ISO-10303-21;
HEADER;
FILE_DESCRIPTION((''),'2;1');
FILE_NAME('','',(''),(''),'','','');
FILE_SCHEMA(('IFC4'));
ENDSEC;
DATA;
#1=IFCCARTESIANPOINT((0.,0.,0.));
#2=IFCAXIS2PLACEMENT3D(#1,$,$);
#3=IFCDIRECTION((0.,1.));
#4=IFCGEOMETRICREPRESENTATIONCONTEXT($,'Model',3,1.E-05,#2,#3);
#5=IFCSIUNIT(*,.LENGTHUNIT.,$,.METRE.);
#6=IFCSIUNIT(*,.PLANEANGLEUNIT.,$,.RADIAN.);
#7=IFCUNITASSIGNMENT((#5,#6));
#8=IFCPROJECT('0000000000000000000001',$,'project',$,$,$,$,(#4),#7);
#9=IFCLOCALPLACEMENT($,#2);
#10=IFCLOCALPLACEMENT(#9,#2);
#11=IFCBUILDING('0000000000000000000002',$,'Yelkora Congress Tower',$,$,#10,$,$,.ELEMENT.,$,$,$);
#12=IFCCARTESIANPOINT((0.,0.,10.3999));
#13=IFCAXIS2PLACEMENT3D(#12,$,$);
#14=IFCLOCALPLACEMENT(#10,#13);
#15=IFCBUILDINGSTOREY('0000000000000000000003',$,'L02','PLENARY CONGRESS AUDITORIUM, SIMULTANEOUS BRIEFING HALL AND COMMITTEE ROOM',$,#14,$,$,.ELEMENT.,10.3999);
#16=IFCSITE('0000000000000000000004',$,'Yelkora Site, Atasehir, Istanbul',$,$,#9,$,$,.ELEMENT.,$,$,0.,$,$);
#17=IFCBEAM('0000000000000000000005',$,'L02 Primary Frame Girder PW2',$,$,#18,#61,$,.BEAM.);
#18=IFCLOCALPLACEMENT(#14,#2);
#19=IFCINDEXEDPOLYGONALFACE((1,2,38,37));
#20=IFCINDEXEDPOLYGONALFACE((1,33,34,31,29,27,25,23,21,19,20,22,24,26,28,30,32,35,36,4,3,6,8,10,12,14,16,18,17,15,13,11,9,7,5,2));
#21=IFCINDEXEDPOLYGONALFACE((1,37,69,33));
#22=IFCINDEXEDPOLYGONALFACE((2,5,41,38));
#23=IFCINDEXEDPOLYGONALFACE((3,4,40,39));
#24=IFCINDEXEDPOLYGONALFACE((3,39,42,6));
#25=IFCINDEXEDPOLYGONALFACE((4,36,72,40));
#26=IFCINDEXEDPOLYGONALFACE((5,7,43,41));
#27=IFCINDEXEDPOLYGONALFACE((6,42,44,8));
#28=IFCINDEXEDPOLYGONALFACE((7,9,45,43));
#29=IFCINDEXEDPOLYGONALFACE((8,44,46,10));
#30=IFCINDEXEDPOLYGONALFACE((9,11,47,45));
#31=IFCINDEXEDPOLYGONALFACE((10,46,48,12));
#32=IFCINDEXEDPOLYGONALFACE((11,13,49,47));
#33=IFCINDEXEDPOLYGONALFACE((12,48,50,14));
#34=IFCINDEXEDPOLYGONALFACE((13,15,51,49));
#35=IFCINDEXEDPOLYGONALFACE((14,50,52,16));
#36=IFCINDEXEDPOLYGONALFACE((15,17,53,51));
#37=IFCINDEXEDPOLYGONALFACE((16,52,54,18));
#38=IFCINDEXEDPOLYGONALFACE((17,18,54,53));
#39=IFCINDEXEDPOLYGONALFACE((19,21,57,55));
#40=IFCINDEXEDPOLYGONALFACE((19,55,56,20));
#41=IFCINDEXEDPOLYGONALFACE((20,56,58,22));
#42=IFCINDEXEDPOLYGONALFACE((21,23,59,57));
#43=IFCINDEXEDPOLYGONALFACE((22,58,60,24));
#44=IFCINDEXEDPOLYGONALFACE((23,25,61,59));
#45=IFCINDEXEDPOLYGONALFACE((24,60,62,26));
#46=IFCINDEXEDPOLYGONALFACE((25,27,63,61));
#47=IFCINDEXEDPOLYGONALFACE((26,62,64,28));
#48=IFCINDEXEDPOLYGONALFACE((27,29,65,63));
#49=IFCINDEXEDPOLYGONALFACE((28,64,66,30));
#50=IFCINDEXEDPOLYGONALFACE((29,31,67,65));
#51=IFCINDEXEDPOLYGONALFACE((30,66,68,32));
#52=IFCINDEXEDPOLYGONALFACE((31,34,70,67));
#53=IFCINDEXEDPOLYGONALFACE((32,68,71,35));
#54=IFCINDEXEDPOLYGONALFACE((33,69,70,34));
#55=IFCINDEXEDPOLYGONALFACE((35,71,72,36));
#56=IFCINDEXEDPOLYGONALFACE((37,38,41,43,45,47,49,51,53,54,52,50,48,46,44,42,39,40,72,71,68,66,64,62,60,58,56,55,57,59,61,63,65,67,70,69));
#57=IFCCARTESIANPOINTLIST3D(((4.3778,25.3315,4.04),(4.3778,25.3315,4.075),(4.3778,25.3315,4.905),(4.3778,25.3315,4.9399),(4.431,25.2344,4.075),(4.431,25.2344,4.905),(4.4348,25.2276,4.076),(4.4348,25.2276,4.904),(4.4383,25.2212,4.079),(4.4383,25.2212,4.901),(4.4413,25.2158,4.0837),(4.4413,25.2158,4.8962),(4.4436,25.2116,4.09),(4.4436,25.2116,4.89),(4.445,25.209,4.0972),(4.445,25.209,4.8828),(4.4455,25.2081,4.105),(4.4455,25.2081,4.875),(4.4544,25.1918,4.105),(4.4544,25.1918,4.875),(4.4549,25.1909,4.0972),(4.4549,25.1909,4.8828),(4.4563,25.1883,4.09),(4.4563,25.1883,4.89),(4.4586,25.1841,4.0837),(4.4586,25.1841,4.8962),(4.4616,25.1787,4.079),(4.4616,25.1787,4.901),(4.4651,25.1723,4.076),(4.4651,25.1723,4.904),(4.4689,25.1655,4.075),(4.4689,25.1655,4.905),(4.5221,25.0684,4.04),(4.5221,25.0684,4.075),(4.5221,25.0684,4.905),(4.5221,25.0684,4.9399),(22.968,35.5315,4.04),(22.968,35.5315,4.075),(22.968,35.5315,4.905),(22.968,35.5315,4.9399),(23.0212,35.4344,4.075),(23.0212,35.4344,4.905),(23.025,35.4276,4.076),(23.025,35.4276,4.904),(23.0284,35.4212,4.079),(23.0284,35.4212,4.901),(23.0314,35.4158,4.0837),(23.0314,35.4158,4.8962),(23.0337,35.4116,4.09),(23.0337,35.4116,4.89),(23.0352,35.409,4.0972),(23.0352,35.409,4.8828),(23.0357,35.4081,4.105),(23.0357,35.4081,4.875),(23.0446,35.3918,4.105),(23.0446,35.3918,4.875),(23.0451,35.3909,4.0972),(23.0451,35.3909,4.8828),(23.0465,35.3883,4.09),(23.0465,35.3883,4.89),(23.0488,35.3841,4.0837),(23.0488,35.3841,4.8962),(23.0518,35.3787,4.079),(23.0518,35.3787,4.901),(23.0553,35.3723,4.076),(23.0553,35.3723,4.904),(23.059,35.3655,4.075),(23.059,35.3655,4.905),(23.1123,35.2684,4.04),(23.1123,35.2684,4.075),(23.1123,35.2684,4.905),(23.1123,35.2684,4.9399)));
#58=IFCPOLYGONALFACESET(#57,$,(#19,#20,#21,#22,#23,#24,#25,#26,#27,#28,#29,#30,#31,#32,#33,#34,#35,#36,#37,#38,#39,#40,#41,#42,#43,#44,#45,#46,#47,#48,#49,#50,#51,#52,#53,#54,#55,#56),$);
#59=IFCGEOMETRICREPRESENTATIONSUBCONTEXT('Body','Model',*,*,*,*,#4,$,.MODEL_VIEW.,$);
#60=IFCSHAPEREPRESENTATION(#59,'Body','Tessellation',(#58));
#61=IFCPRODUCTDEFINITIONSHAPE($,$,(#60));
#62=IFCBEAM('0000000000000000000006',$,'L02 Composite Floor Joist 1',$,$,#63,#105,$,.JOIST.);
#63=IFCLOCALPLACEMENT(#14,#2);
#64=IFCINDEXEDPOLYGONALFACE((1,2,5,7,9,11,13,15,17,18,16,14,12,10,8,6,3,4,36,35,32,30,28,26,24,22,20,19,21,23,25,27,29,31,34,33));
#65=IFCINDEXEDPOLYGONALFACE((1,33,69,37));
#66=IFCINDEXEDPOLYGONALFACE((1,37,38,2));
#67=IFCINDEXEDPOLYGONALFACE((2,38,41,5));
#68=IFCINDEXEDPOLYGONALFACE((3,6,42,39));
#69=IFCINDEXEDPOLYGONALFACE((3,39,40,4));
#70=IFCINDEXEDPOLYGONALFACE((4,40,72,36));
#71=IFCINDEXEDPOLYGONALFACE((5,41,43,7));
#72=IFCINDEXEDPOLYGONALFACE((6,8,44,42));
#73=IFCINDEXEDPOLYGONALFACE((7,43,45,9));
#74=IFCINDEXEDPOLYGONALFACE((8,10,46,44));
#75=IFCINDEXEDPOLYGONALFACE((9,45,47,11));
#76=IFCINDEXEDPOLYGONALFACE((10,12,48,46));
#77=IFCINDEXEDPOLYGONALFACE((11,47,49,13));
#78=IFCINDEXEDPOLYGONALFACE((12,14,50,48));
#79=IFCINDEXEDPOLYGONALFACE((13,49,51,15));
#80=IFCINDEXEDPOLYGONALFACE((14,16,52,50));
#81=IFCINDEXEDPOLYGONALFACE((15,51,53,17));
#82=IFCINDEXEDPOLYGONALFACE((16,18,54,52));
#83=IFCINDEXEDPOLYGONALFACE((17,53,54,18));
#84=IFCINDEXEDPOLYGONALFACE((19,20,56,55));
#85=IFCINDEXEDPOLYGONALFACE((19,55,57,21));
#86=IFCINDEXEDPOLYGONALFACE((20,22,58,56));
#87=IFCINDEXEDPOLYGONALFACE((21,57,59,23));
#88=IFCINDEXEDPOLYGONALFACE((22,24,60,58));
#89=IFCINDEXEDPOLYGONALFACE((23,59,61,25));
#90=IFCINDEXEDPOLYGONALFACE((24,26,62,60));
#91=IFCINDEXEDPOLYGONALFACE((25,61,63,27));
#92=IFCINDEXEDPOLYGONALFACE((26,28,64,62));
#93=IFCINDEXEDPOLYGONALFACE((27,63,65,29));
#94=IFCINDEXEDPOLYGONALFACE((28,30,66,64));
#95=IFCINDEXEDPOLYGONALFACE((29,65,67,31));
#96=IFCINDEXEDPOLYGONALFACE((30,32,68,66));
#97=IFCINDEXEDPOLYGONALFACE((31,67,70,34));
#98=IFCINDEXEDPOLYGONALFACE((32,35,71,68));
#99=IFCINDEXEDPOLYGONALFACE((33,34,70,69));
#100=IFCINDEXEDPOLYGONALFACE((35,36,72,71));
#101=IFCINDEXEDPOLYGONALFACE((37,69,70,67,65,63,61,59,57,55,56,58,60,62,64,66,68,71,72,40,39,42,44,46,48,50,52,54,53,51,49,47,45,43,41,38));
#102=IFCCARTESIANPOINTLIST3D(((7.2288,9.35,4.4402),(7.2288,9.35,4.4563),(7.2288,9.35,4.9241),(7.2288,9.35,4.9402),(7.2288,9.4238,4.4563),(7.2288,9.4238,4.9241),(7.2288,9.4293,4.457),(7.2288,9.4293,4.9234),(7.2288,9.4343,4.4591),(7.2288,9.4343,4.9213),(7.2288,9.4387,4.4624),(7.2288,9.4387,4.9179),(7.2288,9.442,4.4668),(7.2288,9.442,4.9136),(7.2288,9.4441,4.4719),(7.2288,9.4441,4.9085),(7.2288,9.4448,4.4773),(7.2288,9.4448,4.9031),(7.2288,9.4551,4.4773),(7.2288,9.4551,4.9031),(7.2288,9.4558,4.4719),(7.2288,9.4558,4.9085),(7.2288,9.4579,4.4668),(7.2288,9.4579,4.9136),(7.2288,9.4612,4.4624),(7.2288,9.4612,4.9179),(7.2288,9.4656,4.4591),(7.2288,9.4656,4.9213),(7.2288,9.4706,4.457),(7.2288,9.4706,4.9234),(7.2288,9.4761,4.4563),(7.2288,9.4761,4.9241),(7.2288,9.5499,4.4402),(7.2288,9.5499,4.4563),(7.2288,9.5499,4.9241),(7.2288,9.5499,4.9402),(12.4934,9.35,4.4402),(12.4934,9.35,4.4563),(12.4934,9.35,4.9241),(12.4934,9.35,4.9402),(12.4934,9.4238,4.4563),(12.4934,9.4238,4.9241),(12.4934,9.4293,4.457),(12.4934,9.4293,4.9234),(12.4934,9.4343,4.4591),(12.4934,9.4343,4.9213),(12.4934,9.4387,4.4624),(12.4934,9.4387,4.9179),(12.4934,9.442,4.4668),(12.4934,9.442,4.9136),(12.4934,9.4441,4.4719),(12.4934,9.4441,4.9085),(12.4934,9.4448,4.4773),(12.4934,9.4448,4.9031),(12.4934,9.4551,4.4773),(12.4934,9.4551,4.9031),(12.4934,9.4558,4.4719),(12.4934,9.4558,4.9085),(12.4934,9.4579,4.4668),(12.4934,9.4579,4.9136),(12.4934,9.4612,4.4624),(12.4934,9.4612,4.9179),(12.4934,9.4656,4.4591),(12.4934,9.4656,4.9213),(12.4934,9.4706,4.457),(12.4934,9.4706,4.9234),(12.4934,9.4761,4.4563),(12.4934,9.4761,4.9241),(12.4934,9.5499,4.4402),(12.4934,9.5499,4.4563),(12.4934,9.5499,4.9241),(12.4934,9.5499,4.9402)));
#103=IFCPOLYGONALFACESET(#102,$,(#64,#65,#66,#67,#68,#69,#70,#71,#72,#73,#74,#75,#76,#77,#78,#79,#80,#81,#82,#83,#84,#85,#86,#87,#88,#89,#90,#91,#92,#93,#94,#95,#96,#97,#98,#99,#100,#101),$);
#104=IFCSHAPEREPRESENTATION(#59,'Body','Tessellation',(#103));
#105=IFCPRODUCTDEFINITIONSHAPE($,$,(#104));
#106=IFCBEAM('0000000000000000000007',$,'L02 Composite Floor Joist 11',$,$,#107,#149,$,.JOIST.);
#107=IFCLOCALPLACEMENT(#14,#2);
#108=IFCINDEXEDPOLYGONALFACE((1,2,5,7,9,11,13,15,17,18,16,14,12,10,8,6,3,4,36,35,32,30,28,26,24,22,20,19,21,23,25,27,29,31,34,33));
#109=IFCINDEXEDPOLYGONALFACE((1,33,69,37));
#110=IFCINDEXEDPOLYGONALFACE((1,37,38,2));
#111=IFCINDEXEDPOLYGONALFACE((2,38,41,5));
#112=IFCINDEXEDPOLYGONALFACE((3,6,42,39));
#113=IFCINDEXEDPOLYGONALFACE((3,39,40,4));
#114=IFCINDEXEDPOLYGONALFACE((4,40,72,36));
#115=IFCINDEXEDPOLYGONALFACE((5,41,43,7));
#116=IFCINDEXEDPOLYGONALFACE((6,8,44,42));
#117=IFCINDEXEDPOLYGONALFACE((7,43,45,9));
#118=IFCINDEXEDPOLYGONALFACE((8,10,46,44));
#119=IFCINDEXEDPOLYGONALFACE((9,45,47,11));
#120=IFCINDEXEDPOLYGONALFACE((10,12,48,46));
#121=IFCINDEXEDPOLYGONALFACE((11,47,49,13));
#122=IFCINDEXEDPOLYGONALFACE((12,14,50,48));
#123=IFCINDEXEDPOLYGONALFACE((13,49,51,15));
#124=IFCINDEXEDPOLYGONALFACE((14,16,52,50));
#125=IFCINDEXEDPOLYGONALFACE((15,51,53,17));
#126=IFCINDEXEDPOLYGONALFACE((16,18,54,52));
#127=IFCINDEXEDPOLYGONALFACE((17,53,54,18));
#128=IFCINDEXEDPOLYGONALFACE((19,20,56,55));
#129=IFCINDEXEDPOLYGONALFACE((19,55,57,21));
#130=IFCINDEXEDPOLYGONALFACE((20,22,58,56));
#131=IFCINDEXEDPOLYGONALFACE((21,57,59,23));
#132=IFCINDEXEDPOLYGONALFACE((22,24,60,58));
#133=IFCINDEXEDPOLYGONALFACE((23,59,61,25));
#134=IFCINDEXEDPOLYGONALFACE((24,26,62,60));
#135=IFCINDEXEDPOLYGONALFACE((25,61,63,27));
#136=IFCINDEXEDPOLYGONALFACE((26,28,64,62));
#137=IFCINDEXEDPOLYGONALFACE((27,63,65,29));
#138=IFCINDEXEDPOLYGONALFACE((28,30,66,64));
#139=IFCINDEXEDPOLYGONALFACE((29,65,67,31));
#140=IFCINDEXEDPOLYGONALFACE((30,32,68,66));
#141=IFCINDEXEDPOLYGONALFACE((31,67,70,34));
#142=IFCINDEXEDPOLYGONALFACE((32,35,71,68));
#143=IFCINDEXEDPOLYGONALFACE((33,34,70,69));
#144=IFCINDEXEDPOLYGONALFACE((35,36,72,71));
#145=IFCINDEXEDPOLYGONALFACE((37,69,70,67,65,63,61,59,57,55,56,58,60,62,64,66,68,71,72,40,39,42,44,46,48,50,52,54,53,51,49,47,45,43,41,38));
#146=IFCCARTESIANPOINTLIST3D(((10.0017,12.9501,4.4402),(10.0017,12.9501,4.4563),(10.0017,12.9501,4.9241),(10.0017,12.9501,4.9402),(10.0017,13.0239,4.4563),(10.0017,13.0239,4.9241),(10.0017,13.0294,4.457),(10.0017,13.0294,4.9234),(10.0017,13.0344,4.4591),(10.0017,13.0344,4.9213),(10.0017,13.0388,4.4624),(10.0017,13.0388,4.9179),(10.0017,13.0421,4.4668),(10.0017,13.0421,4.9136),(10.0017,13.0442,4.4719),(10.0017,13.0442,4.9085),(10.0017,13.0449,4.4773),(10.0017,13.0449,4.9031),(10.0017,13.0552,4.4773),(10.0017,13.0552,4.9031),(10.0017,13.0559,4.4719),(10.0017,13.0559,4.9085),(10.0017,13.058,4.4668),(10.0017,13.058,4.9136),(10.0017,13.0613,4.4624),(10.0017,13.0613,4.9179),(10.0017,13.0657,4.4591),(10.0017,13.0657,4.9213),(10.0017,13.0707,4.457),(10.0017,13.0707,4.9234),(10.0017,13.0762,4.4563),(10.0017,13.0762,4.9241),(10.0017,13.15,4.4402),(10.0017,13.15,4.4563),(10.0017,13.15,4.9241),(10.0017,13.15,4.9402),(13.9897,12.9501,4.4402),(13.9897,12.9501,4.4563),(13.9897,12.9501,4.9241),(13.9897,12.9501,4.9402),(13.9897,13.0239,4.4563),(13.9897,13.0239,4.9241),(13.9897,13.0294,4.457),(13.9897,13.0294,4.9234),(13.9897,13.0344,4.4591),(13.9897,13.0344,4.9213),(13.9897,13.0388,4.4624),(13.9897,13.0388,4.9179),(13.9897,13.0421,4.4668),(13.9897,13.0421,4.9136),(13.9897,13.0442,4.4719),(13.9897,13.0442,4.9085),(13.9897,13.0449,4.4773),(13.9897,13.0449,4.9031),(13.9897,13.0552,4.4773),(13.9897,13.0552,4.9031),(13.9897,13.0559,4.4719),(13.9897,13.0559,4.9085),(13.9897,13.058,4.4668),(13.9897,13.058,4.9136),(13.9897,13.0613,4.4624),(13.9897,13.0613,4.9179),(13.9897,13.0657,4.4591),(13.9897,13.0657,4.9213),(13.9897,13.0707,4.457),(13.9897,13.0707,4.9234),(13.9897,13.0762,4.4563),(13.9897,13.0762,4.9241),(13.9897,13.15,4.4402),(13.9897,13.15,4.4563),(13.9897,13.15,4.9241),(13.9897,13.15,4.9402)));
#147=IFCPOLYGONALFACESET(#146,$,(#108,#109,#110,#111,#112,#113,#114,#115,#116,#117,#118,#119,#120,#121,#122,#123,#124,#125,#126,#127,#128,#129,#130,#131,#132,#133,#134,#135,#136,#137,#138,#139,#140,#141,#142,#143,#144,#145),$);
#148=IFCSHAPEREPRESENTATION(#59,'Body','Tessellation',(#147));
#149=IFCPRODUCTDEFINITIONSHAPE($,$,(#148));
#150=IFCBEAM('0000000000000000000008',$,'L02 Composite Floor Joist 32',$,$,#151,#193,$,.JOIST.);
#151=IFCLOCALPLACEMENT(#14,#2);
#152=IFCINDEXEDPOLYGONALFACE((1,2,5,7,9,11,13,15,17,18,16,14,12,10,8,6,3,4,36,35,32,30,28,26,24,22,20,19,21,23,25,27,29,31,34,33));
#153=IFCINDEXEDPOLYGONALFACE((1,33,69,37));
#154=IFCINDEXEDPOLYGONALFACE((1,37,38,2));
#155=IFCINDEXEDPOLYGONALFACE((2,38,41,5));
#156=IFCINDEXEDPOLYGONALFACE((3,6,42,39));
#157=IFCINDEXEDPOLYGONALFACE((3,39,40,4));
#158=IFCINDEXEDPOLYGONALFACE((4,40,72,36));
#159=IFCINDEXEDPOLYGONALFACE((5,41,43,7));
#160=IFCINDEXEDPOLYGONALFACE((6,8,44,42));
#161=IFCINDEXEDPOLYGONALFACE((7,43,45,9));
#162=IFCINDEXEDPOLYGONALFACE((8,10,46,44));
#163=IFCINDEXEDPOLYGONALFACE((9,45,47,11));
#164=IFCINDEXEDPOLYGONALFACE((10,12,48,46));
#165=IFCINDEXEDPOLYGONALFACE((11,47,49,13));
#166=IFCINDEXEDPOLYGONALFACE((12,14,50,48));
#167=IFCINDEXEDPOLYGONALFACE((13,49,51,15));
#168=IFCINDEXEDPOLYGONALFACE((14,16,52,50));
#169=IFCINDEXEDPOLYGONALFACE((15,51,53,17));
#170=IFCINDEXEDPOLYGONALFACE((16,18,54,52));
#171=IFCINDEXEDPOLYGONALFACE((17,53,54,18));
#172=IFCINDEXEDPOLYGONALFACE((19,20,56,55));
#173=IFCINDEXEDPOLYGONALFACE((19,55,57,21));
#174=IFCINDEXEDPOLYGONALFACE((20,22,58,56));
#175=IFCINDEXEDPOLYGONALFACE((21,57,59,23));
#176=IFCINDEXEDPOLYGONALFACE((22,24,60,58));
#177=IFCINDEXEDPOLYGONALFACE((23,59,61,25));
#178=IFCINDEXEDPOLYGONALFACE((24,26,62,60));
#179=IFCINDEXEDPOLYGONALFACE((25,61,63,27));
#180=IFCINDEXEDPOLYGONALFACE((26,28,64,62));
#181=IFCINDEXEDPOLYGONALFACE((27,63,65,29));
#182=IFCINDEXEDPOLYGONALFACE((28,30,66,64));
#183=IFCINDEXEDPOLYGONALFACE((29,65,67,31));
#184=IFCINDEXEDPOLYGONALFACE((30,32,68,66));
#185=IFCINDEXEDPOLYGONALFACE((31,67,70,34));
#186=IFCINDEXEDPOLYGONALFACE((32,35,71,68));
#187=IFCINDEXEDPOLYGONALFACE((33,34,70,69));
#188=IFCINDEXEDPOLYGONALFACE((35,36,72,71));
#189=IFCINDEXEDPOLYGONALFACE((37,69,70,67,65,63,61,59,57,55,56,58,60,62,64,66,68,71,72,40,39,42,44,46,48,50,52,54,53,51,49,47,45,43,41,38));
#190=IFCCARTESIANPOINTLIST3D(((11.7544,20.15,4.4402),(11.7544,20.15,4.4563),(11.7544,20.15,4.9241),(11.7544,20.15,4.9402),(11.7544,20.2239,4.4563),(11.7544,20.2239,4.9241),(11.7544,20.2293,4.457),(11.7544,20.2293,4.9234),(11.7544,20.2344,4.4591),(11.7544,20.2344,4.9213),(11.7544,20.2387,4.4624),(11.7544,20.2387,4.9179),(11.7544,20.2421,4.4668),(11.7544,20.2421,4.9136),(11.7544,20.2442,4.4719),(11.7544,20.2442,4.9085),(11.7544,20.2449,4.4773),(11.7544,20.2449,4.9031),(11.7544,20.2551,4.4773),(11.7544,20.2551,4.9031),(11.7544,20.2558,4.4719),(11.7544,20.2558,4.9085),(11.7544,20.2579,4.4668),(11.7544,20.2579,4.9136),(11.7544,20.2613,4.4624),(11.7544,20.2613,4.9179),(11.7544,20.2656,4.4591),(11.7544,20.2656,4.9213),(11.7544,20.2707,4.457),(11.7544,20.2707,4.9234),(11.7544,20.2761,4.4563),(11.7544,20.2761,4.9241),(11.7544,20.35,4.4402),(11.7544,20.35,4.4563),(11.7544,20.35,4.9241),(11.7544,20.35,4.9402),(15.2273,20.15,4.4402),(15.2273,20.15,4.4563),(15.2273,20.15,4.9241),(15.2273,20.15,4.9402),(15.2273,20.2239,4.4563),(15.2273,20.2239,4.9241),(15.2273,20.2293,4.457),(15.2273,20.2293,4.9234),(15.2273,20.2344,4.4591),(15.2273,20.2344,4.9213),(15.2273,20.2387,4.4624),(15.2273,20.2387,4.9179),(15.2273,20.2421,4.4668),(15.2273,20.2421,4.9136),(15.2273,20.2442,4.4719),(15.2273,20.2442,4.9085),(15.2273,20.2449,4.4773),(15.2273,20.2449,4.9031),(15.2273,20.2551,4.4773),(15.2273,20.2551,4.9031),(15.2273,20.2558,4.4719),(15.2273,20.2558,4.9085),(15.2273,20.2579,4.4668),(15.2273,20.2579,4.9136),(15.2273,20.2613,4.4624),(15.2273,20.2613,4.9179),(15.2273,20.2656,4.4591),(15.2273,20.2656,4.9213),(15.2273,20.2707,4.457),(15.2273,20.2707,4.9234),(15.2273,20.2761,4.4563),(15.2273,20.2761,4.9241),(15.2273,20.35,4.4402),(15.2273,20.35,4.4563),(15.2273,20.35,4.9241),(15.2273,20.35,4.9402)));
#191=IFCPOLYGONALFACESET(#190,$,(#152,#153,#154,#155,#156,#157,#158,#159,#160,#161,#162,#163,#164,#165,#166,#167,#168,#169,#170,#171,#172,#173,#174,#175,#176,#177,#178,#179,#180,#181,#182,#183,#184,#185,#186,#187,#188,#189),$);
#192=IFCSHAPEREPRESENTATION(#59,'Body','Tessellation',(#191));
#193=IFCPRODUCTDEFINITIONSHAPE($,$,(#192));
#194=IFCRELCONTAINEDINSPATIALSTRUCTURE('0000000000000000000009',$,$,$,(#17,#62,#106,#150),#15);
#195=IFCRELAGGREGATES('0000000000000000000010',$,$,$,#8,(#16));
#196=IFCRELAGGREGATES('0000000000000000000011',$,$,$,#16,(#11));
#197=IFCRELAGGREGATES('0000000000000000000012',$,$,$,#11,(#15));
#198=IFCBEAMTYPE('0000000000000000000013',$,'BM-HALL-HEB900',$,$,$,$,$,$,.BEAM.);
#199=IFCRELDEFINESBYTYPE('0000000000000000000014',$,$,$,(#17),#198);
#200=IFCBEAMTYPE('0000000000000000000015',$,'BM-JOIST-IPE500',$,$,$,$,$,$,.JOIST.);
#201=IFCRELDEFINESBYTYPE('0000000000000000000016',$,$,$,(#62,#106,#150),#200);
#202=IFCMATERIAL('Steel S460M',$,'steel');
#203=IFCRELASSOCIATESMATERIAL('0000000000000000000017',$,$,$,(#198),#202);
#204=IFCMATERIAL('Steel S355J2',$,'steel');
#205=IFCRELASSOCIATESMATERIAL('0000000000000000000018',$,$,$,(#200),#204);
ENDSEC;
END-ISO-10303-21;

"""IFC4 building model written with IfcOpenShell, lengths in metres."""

from ifc_helpers import new_model, si_unit, direction, frame, origin, origin_2d, place, context, subcontext, project, spatial, i_section, extrude, material, material_profile, profile_set, type_object, element, save


model = new_model("IFC4")

# Units and contexts
model_context = context("Model", 3, precision=1e-05, world=origin(), true_north=direction((0.0, 1.0)))
body_context = subcontext(model_context, "Body", "Model", "MODEL_VIEW")
ifc_project = project(units=[si_unit("LENGTHUNIT", "METRE"), si_unit("PLANEANGLEUNIT", "RADIAN")], contexts=[model_context])

# Site, building, storey
site_placement = place(None, origin())
site = spatial("IfcSite", under=ifc_project, at=site_placement, Name="Yelkora Site, Atasehir, Istanbul", CompositionType="ELEMENT", RefElevation=0.0)
building_placement = place(site_placement, origin())
building = spatial("IfcBuilding", under=site, at=building_placement, Name="Yelkora Congress Tower", CompositionType="ELEMENT")
storey_placement = place(building_placement, frame((0.0, 0.0, 10.3999)))
storey = spatial("IfcBuildingStorey", under=building, at=storey_placement, Name="L02", Description="PLENARY CONGRESS AUDITORIUM, SIMULTANEOUS BRIEFING HALL AND COMMITTEE ROOM", CompositionType="ELEMENT", Elevation=10.3999)

# Beams
ifc_material_1 = material(Name="Steel S460M", Category="steel")
ifc_material_profile_1 = material_profile(ifc_material_1, i_section(OverallWidth=0.3, OverallDepth=0.8999, WebThickness=0.0186, FlangeThickness=0.0349, FilletRadius=0.03, at=origin_2d()), Name="HEB 900")
ifc_profile_set_1 = profile_set([ifc_material_profile_1], Name="Steel S460M")
beam_type_1 = type_object("IfcBeamType", Name="BM-HALL-HEB900", PredefinedType="BEAM", material=ifc_profile_set_1)
beam_1_placement = place(storey_placement, frame((4.45, 25.2, 4.49), z_axis=(0.876705, 0.481028, 0.0), x_axis=(-0.481028, 0.876705, 0.0)))
element("IfcBeam", 1, at=beam_1_placement, inside=storey, type_object=beam_type_1, Name="L02 Primary Frame Girder PW2", PredefinedType="BEAM", context=body_context, shape_type="SweptSolid", body=[
    extrude(i_section(OverallWidth=0.3, OverallDepth=0.8999, WebThickness=0.0186, FlangeThickness=0.0349, FilletRadius=0.03, at=origin_2d()), origin(), (0.0, 0.0, 1.0), 21.2046),
])
ifc_material_2 = material(Name="Steel S355J2", Category="steel")
ifc_material_profile_2 = material_profile(ifc_material_2, i_section(OverallWidth=0.2, OverallDepth=0.5, WebThickness=0.0103, FlangeThickness=0.0161, FilletRadius=0.021, at=origin_2d()), Name="IPE 500")
ifc_profile_set_2 = profile_set([ifc_material_profile_2], Name="Steel S355J2")
beam_type_2 = type_object("IfcBeamType", Name="BM-JOIST-IPE500", PredefinedType="JOIST", material=ifc_profile_set_2)
beam_2_placement = place(storey_placement, frame((7.2288, 9.45, 4.6902), z_axis=(1.0, 0.0, 0.0), x_axis=(0.0, 1.0, 0.0)))
element("IfcBeam", 2, at=beam_2_placement, inside=storey, type_object=beam_type_2, Name="L02 Composite Floor Joist 1", PredefinedType="JOIST", context=body_context, shape_type="SweptSolid", body=[
    extrude(i_section(OverallWidth=0.2, OverallDepth=0.5, WebThickness=0.0103, FlangeThickness=0.0161, FilletRadius=0.021, at=origin_2d()), origin(), (0.0, 0.0, 1.0), 5.2646),
])
beam_3_placement = place(storey_placement, frame((10.0017, 13.05, 4.6902), z_axis=(1.0, 0.0, 0.0), x_axis=(0.0, 1.0, 0.0)))
element("IfcBeam", 3, at=beam_3_placement, inside=storey, type_object=beam_type_2, Name="L02 Composite Floor Joist 11", PredefinedType="JOIST", context=body_context, shape_type="SweptSolid", body=[
    extrude(i_section(OverallWidth=0.2, OverallDepth=0.5, WebThickness=0.0103, FlangeThickness=0.0161, FilletRadius=0.021, at=origin_2d()), origin(), (0.0, 0.0, 1.0), 3.988),
])
beam_4_placement = place(storey_placement, frame((11.7544, 20.25, 4.6902), z_axis=(1.0, 0.0, 0.0), x_axis=(0.0, 1.0, 0.0)))
element("IfcBeam", 4, at=beam_4_placement, inside=storey, type_object=beam_type_2, Name="L02 Composite Floor Joist 32", PredefinedType="JOIST", context=body_context, shape_type="SweptSolid", body=[
    extrude(i_section(OverallWidth=0.2, OverallDepth=0.5, WebThickness=0.0103, FlangeThickness=0.0161, FilletRadius=0.021, at=origin_2d()), origin(), (0.0, 0.0, 1.0), 3.4729),
])

save(model, "model.ifc")
